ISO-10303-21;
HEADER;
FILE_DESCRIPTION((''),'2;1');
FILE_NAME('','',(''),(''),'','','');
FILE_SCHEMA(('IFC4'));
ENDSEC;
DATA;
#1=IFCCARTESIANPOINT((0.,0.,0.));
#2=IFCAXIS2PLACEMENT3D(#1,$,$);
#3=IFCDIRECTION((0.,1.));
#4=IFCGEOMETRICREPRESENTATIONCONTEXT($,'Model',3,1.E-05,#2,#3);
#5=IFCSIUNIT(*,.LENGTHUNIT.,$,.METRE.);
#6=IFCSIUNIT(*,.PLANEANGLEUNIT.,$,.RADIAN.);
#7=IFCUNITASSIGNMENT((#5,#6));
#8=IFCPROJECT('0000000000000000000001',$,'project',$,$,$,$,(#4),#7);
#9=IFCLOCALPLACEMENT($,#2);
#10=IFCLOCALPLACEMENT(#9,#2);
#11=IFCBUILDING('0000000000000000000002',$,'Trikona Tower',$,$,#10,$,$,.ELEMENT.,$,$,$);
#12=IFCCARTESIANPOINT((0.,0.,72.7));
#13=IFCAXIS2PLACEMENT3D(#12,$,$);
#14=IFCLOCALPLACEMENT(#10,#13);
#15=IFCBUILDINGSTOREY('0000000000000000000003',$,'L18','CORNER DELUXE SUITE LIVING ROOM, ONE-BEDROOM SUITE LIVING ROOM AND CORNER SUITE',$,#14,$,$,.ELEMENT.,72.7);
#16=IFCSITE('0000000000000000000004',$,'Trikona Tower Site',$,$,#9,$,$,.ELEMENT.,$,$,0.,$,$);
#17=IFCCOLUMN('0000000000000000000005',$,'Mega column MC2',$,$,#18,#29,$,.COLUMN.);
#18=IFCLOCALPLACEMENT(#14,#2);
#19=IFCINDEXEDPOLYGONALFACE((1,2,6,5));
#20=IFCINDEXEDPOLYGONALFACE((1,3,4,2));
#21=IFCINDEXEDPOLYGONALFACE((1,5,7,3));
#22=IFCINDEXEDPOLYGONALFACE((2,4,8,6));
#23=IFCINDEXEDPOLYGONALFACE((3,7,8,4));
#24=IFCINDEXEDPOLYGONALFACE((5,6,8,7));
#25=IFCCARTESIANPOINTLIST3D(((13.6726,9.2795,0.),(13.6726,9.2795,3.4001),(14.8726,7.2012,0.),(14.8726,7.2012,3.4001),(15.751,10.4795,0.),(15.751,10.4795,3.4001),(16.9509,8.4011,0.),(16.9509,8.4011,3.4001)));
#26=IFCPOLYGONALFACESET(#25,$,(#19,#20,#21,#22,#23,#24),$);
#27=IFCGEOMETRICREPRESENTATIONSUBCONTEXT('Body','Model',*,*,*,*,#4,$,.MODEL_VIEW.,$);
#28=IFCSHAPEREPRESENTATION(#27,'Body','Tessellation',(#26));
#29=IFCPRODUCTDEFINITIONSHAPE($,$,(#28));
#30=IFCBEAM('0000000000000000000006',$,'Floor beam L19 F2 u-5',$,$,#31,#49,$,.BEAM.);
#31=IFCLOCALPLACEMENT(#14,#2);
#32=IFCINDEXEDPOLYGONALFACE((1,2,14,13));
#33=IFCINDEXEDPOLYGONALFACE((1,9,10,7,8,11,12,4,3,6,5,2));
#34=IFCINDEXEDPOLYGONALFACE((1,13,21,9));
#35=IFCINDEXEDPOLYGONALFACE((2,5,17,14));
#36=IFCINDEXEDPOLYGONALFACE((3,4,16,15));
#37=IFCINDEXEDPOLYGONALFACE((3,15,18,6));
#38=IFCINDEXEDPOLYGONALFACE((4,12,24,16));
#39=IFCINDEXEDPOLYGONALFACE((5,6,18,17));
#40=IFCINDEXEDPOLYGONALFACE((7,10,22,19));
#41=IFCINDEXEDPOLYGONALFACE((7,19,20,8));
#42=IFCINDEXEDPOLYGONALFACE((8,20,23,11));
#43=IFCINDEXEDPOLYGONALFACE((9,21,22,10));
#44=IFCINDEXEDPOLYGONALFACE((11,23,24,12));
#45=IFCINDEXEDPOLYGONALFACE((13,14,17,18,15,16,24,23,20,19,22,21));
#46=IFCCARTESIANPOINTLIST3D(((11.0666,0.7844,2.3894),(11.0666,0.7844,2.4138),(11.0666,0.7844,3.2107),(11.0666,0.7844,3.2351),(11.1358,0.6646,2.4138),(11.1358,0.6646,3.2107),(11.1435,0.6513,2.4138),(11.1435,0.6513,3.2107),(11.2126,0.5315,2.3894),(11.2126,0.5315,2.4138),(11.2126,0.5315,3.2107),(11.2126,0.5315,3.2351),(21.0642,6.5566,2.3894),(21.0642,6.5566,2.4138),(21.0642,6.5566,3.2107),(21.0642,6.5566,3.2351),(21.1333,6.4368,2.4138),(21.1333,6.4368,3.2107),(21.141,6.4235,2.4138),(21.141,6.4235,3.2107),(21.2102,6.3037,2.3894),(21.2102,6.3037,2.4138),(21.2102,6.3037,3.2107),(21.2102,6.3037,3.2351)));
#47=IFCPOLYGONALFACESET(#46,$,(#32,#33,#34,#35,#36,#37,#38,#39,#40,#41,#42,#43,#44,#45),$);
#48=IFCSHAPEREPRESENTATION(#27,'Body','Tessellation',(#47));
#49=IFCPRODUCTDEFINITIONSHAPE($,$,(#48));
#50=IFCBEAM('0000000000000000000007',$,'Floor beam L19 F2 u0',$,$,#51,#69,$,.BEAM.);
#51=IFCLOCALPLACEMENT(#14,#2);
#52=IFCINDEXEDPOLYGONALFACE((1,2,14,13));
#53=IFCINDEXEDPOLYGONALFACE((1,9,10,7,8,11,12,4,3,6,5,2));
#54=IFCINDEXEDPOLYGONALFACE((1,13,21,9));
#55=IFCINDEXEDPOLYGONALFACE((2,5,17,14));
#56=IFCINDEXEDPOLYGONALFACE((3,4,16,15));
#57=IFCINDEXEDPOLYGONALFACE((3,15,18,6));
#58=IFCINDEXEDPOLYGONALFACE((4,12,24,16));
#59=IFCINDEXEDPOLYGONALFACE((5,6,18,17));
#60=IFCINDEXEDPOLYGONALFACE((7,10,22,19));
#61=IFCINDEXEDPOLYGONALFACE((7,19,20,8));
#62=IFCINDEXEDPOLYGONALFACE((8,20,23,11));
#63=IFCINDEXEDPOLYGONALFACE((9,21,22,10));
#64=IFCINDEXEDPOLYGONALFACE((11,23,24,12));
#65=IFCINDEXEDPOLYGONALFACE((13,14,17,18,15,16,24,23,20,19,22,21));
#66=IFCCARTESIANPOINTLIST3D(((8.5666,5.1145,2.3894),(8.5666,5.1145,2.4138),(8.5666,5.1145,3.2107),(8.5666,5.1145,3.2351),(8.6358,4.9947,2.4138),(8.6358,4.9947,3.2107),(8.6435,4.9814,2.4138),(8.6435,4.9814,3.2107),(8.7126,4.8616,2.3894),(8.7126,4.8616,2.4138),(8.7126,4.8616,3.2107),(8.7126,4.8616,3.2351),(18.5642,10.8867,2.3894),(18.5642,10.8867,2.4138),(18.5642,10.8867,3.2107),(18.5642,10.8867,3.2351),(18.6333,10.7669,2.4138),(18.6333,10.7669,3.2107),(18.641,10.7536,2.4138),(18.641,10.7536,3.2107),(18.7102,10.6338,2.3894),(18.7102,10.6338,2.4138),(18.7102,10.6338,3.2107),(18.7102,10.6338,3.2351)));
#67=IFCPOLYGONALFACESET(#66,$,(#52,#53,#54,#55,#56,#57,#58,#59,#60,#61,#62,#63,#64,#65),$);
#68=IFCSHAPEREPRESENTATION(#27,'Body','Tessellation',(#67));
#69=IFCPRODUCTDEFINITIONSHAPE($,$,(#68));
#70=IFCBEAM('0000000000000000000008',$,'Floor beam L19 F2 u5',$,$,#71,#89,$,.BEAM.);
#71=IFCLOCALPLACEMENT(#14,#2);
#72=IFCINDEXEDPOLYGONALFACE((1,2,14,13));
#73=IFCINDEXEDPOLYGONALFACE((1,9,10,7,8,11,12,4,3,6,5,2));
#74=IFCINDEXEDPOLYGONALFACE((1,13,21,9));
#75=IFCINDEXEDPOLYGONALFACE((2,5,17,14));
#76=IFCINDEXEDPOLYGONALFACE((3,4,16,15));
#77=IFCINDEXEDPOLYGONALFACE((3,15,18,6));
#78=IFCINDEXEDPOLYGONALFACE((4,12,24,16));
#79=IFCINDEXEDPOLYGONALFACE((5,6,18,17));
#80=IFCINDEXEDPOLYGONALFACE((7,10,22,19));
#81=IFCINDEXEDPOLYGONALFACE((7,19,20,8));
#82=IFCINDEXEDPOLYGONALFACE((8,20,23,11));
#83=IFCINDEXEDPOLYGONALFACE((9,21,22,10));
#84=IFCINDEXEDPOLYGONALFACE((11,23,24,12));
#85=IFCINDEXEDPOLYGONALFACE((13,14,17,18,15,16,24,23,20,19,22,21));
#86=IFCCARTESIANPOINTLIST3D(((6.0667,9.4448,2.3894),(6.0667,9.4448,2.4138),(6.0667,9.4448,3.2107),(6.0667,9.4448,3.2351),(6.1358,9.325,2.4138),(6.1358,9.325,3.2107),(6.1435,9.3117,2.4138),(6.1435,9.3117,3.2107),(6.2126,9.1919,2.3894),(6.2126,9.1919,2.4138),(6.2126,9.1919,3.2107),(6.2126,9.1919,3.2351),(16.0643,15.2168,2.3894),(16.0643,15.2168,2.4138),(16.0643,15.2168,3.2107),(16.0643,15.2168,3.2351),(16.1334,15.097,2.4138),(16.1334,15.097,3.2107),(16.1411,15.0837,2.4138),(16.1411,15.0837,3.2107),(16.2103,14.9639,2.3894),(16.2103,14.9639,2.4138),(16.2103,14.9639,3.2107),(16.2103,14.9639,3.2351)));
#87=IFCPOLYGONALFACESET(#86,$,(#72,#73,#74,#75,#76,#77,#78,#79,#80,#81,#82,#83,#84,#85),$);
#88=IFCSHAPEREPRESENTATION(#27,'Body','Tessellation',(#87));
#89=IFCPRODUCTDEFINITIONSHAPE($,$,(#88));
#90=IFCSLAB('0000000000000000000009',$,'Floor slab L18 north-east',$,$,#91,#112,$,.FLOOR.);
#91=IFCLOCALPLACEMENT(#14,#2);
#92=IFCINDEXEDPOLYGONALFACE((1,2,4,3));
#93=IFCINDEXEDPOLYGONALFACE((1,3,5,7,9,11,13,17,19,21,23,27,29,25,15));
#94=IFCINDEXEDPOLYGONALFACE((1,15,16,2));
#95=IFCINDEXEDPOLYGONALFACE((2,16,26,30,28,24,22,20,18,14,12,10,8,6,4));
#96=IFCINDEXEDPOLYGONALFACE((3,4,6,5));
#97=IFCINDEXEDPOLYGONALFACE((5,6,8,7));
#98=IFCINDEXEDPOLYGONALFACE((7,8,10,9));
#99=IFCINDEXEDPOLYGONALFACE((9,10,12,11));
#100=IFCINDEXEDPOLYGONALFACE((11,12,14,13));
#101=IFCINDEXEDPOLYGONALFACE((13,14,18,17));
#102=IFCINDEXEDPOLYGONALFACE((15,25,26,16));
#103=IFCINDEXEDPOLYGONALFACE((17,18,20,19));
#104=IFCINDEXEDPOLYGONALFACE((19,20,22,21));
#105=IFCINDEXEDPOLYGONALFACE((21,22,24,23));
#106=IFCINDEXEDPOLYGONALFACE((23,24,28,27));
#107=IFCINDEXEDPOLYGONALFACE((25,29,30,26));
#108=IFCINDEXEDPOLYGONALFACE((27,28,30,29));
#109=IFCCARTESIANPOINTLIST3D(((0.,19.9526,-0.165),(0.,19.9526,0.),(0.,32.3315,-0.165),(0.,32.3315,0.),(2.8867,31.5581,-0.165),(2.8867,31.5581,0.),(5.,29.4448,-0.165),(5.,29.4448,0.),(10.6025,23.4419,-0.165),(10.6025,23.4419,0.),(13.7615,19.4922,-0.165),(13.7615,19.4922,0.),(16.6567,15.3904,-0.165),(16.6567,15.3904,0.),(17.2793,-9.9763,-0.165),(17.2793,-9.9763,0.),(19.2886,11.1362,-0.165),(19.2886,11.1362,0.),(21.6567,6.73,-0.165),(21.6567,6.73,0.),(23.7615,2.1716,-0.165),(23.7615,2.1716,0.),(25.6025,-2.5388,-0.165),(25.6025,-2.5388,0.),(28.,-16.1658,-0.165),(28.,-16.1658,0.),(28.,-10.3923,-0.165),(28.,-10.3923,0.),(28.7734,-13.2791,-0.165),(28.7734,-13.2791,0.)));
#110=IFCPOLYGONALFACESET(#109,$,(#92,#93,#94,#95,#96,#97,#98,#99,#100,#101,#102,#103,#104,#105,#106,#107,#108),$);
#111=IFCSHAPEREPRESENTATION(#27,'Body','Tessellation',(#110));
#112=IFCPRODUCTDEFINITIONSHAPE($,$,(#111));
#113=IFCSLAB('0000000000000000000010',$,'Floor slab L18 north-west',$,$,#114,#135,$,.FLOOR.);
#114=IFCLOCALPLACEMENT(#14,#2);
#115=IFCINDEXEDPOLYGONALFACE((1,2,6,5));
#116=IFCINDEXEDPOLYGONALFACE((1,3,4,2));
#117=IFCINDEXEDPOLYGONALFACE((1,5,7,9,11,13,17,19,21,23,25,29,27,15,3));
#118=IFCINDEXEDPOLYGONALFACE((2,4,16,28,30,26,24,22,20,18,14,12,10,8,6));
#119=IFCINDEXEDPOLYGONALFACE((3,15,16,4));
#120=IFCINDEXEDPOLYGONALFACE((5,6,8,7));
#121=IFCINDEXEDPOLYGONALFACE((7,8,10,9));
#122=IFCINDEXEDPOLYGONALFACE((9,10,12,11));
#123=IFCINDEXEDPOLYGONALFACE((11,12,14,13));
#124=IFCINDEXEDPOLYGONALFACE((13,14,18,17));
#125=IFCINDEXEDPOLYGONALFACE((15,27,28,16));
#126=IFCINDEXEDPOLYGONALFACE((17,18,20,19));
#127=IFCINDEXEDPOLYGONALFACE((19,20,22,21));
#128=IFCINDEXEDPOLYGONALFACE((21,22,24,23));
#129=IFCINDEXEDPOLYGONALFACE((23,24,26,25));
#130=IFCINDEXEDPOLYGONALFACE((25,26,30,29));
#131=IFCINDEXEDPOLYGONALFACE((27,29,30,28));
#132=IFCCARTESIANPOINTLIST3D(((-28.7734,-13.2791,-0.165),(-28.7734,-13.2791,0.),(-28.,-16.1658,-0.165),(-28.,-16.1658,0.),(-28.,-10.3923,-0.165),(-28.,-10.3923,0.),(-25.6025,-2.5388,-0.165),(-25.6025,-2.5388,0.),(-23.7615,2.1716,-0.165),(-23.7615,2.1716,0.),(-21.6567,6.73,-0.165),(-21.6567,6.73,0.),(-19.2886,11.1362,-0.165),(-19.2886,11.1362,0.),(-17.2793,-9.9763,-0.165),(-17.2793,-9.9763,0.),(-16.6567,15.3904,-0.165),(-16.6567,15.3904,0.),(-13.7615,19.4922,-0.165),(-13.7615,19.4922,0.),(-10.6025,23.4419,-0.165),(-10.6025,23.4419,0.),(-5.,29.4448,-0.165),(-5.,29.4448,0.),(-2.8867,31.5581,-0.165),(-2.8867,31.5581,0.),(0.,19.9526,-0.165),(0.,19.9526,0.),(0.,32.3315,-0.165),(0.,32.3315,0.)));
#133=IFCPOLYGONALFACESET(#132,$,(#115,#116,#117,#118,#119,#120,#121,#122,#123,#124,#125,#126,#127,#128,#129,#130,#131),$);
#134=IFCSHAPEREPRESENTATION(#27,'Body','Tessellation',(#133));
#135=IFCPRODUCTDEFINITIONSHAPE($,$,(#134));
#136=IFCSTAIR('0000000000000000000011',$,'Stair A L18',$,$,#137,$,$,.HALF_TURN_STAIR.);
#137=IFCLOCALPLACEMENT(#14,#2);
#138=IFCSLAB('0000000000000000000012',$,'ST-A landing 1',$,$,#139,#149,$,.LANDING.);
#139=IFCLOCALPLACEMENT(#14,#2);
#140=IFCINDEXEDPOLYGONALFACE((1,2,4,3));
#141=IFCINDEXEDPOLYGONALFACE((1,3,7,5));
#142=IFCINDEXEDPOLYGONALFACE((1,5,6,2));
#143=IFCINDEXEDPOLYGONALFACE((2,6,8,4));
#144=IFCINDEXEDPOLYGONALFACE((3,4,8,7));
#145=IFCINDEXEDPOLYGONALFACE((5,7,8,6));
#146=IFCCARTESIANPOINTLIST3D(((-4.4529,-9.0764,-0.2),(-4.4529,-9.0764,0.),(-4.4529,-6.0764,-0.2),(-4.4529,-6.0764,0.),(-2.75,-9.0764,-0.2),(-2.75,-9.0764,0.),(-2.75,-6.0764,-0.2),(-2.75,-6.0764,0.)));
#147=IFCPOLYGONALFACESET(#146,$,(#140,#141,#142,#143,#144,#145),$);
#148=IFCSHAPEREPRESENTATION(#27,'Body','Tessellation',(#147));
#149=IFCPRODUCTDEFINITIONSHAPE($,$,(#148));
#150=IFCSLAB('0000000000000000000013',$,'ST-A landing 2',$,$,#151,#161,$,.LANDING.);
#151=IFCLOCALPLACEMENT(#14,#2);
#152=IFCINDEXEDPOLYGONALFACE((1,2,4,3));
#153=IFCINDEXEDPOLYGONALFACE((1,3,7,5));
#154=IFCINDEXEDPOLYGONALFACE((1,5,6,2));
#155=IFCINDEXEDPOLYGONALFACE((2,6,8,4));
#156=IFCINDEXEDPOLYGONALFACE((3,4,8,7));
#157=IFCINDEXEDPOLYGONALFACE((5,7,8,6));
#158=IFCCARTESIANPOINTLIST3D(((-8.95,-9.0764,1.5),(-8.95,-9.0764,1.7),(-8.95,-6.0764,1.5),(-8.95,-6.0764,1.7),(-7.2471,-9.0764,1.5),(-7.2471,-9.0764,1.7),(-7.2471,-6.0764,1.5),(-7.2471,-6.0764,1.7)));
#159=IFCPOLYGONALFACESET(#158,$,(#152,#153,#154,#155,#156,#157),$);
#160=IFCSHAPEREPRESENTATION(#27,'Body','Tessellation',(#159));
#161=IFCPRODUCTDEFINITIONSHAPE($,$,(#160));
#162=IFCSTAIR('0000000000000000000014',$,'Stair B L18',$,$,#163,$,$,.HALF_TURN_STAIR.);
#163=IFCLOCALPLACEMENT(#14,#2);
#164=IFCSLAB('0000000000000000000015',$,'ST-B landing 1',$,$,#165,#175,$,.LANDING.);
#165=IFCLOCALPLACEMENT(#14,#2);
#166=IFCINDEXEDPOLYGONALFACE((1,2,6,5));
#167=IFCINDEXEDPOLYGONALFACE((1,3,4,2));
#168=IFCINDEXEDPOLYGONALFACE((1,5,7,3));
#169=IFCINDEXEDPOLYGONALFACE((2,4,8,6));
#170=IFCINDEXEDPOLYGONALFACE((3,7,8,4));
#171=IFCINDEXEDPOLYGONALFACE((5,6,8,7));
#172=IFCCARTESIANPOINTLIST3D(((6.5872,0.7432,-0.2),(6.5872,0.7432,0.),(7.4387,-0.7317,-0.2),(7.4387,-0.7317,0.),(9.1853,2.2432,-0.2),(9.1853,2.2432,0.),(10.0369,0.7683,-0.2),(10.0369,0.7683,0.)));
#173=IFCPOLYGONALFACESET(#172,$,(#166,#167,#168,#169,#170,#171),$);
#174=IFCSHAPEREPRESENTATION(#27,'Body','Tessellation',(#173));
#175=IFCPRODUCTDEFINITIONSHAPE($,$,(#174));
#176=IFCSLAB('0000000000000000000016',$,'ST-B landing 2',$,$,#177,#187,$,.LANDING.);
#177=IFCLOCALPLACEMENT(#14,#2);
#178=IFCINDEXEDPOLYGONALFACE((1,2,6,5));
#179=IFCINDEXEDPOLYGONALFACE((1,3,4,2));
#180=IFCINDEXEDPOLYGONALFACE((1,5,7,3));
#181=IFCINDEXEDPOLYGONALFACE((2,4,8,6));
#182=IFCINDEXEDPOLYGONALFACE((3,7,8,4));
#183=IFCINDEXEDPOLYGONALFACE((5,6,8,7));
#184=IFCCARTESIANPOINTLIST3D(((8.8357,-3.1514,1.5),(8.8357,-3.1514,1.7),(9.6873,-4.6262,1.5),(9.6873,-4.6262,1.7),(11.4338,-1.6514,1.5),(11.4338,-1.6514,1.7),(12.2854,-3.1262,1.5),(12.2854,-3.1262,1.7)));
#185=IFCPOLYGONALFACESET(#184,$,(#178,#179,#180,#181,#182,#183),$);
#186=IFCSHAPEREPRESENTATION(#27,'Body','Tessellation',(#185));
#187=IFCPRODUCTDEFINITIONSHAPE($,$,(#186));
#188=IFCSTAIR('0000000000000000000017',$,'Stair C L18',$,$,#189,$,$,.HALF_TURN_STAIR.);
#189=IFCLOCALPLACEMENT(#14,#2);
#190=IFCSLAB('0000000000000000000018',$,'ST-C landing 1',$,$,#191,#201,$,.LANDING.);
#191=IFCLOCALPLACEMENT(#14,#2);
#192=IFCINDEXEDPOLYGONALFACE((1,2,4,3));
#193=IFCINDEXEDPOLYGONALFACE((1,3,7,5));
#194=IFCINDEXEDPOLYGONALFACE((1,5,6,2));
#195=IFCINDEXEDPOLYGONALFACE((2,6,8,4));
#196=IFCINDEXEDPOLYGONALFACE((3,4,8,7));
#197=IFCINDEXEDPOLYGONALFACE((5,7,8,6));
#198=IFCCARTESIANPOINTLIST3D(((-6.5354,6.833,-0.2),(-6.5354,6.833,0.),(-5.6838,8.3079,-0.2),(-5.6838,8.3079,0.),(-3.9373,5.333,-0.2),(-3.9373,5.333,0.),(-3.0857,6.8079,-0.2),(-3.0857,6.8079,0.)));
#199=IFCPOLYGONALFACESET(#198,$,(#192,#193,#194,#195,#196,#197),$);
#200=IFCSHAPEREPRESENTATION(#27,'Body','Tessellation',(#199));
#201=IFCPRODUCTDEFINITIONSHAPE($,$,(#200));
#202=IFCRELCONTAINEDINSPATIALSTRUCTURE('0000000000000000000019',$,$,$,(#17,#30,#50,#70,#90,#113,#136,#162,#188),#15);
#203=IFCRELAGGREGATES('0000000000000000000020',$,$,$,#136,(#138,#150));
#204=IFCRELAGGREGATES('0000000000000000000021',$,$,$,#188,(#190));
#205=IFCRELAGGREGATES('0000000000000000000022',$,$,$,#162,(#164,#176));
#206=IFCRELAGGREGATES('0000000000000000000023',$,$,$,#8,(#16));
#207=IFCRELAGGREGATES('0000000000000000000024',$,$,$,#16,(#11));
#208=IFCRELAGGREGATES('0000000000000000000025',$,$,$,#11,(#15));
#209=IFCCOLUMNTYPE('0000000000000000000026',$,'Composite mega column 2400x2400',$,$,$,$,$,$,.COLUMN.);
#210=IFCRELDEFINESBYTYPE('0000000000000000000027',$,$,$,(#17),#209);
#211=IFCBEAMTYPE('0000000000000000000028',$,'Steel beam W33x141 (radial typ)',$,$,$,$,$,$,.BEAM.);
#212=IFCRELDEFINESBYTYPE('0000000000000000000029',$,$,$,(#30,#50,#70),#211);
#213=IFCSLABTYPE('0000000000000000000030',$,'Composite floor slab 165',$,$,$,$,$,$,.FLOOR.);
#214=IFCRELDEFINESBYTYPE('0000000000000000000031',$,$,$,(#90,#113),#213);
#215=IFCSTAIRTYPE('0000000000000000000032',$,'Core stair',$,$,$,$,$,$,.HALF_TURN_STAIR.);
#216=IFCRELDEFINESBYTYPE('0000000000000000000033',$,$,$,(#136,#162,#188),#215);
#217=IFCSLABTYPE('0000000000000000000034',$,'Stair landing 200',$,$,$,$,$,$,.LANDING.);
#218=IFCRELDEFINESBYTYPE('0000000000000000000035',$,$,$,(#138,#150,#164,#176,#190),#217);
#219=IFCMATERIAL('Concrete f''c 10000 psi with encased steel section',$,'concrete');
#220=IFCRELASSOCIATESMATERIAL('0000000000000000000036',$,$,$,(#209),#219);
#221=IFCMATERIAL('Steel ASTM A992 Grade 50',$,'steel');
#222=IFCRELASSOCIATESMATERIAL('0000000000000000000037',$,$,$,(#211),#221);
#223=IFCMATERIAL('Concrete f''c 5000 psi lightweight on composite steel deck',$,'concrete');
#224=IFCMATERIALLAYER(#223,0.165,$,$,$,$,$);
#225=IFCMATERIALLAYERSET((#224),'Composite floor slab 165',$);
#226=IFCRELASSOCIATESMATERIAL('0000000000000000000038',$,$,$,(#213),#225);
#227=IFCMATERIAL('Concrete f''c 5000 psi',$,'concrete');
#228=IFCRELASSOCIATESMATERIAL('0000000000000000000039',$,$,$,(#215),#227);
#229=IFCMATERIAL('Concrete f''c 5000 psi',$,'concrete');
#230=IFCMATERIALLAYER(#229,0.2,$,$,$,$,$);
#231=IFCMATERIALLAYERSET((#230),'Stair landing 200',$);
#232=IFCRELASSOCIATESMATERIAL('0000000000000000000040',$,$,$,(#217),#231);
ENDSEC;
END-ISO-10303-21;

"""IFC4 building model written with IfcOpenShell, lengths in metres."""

from ifc_helpers import new_model, si_unit, direction, frame, origin, origin_2d, place, context, subcontext, project, spatial, polyline, rectangle, i_section, outline, extrude, material, layer, layer_set, material_profile, profile_set, type_object, element, aggregate, save


model = new_model("IFC4")

# Units and contexts
model_context = context("Model", 3, precision=1e-05, world=origin(), true_north=direction((0.0, 1.0)))
body_context = subcontext(model_context, "Body", "Model", "MODEL_VIEW")
ifc_project = project(units=[si_unit("LENGTHUNIT", "METRE"), si_unit("PLANEANGLEUNIT", "RADIAN")], contexts=[model_context])

# Site, building, storey
site_placement = place(None, origin())
site = spatial("IfcSite", under=ifc_project, at=site_placement, Name="Trikona Tower Site", CompositionType="ELEMENT", RefElevation=0.0)
building_placement = place(site_placement, origin())
building = spatial("IfcBuilding", under=site, at=building_placement, Name="Trikona Tower", CompositionType="ELEMENT")
storey_placement = place(building_placement, frame((0.0, 0.0, 72.7)))
storey = spatial("IfcBuildingStorey", under=building, at=storey_placement, Name="L18", Description="CORNER DELUXE SUITE LIVING ROOM, ONE-BEDROOM SUITE LIVING ROOM AND CORNER SUITE", CompositionType="ELEMENT", Elevation=72.7)

# Column
ifc_material_1 = material(Name="Concrete f'c 10000 psi with encased steel section", Category="concrete")
ifc_material_profile_1 = material_profile(ifc_material_1, rectangle(XDim=2.3999, YDim=2.3999, at=origin_2d()), Name="MC2400")
ifc_profile_set_1 = profile_set([ifc_material_profile_1], Name="Concrete f'c 10000 psi with encased steel section")
column_type = type_object("IfcColumnType", Name="Composite mega column 2400x2400", PredefinedType="COLUMN", material=ifc_profile_set_1)
column_placement = place(storey_placement, frame((15.3118, 8.8403, 0.0), z_axis=(0.0, 0.0, 1.0), x_axis=(0.866025, 0.5, 0.0)))
element("IfcColumn", 1, at=column_placement, inside=storey, type_object=column_type, Name="Mega column MC2", PredefinedType="COLUMN", context=body_context, shape_type="SweptSolid", body=[
    extrude(rectangle(XDim=2.3999, YDim=2.3999, at=origin_2d()), origin(), (0.0, 0.0, 1.0), 3.4001),
])

# Beams
ifc_material_2 = material(Name="Steel ASTM A992 Grade 50", Category="steel")
ifc_material_profile_2 = material_profile(ifc_material_2, i_section(OverallWidth=0.292, OverallDepth=0.8457, WebThickness=0.0154, FlangeThickness=0.0244, at=origin_2d()), Name="W33X141")
ifc_profile_set_2 = profile_set([ifc_material_profile_2], Name="Steel ASTM A992 Grade 50")
beam_type = type_object("IfcBeamType", Name="Steel beam W33x141 (radial typ)", PredefinedType="BEAM", material=ifc_profile_set_2)
for number, where, z_axis, x_axis, name in (
    (2, (11.1396, 0.658, 2.8123), (0.866021, 0.500008, 0.0), (-0.500008, 0.866021, 0.0), "Floor beam L19 F2 u-5"),
    (3, (8.6396, 4.988, 2.8123), (0.866021, 0.500008, 0.0), (-0.500008, 0.866021, 0.0), "Floor beam L19 F2 u0"),
    (4, (6.1396, 9.3184, 2.8123), (0.86603, 0.499992, 0.0), (-0.499992, 0.86603, 0.0), "Floor beam L19 F2 u5"),
):
    element("IfcBeam", number, at=place(storey_placement, frame(where, z_axis=z_axis, x_axis=x_axis)), inside=storey, type_object=beam_type, Name=name, PredefinedType="BEAM", context=body_context, shape_type="SweptSolid", body=[
        extrude(i_section(OverallWidth=0.292, OverallDepth=0.8457, WebThickness=0.0154, FlangeThickness=0.0244, at=origin_2d()), origin(), (0.0, 0.0, 1.0), 11.5442),
    ])

# Slabs
ifc_material_3 = material(Name="Concrete f'c 5000 psi lightweight on composite steel deck", Category="concrete")
ifc_layer_1 = layer(ifc_material_3, 0.165)
ifc_layer_set_1 = layer_set([ifc_layer_1], Name="Composite floor slab 165")
slab_type_1 = type_object("IfcSlabType", Name="Composite floor slab 165", PredefinedType="FLOOR", material=ifc_layer_set_1)
slab_1_placement = place(storey_placement, frame((0.0, 0.0, -0.165)))
element("IfcSlab", 5, at=slab_1_placement, inside=storey, type_object=slab_type_1, Name="Floor slab L18 north-east", PredefinedType="FLOOR", context=body_context, shape_type="SweptSolid", body=[
    extrude(outline(polyline([(2.8867, 31.5581), (0.0, 32.3315), (0.0, 19.9526), (17.2793, -9.9763), (28.0, -16.1658), (28.7734, -13.2791), (28.0, -10.3923), (25.6025, -2.5388), (23.7615, 2.1716), (21.6567, 6.73), (19.2886, 11.1362), (16.6567, 15.3904), (13.7615, 19.4922), (10.6025, 23.4419), (5.0, 29.4448), (2.8867, 31.5581)])), origin(), (0.0, 0.0, 1.0), 0.165),
])
slab_2_placement = place(storey_placement, frame((0.0, 0.0, -0.165)))
element("IfcSlab", 6, at=slab_2_placement, inside=storey, type_object=slab_type_1, Name="Floor slab L18 north-west", PredefinedType="FLOOR", context=body_context, shape_type="SweptSolid", body=[
    extrude(outline(polyline([(0.0, 19.9526), (0.0, 32.3315), (-2.8867, 31.5581), (-5.0, 29.4448), (-10.6025, 23.4419), (-13.7615, 19.4922), (-16.6567, 15.3904), (-19.2886, 11.1362), (-21.6567, 6.73), (-23.7615, 2.1716), (-25.6025, -2.5388), (-28.0, -10.3923), (-28.7734, -13.2791), (-28.0, -16.1658), (-17.2793, -9.9763), (0.0, 19.9526)])), origin(), (0.0, 0.0, 1.0), 0.165),
])

# Stairs, slabs
ifc_material_4 = material(Name="Concrete f'c 5000 psi", Category="concrete")
stair_type = type_object("IfcStairType", Name="Core stair", PredefinedType="HALF_TURN_STAIR", material=ifc_material_4)
stair_1_placement = place(storey_placement, origin())
stair_1 = element("IfcStair", 7, at=stair_1_placement, inside=storey, type_object=stair_type, Name="Stair A L18", PredefinedType="HALF_TURN_STAIR")
ifc_material_5 = material(Name="Concrete f'c 5000 psi", Category="concrete")
ifc_layer_2 = layer(ifc_material_5, 0.2)
ifc_layer_set_2 = layer_set([ifc_layer_2], Name="Stair landing 200")
slab_type_2 = type_object("IfcSlabType", Name="Stair landing 200", PredefinedType="LANDING", material=ifc_layer_set_2)
slab_3_placement = place(storey_placement, frame((0.0, 0.0, -0.2)))
slab_3 = element("IfcSlab", 8, at=slab_3_placement, type_object=slab_type_2, Name="ST-A landing 1", PredefinedType="LANDING", context=body_context, shape_type="SweptSolid", body=[
    extrude(outline(polyline([(-4.4529, -6.0764), (-2.75, -6.0764), (-2.75, -9.0764), (-4.4529, -9.0764), (-4.4529, -6.0764)])), origin(), (0.0, 0.0, 1.0), 0.2),
])
slab_4_placement = place(storey_placement, frame((0.0, 0.0, 1.5)))
slab_4 = element("IfcSlab", 9, at=slab_4_placement, type_object=slab_type_2, Name="ST-A landing 2", PredefinedType="LANDING", context=body_context, shape_type="SweptSolid", body=[
    extrude(outline(polyline([(-8.95, -6.0764), (-7.2471, -6.0764), (-7.2471, -9.0764), (-8.95, -9.0764), (-8.95, -6.0764)])), origin(), (0.0, 0.0, 1.0), 0.2),
])
aggregate(stair_1, [slab_3, slab_4])
stair_2_placement = place(storey_placement, origin())
stair_2 = element("IfcStair", 10, at=stair_2_placement, inside=storey, type_object=stair_type, Name="Stair B L18", PredefinedType="HALF_TURN_STAIR")
slab_5_placement = place(storey_placement, frame((0.0, 0.0, -0.2)))
slab_5 = element("IfcSlab", 11, at=slab_5_placement, type_object=slab_type_2, Name="ST-B landing 1", PredefinedType="LANDING", context=body_context, shape_type="SweptSolid", body=[
    extrude(outline(polyline([(7.4387, -0.7317), (6.5872, 0.7432), (9.1853, 2.2432), (10.0369, 0.7683), (7.4387, -0.7317)])), origin(), (0.0, 0.0, 1.0), 0.2),
])
slab_6_placement = place(storey_placement, frame((0.0, 0.0, 1.5)))
slab_6 = element("IfcSlab", 12, at=slab_6_placement, type_object=slab_type_2, Name="ST-B landing 2", PredefinedType="LANDING", context=body_context, shape_type="SweptSolid", body=[
    extrude(outline(polyline([(9.6873, -4.6262), (8.8357, -3.1514), (11.4338, -1.6514), (12.2854, -3.1262), (9.6873, -4.6262)])), origin(), (0.0, 0.0, 1.0), 0.2),
])
stair_3_placement = place(storey_placement, origin())
stair_3 = element("IfcStair", 13, at=stair_3_placement, inside=storey, type_object=stair_type, Name="Stair C L18", PredefinedType="HALF_TURN_STAIR")
slab_7_placement = place(storey_placement, frame((0.0, 0.0, -0.2)))
slab_7 = element("IfcSlab", 14, at=slab_7_placement, type_object=slab_type_2, Name="ST-C landing 1", PredefinedType="LANDING", context=body_context, shape_type="SweptSolid", body=[
    extrude(outline(polyline([(-3.0857, 6.8079), (-3.9373, 5.333), (-6.5354, 6.833), (-5.6838, 8.3079), (-3.0857, 6.8079)])), origin(), (0.0, 0.0, 1.0), 0.2),
])
aggregate(stair_3, [slab_7])

aggregate(stair_2, [slab_5, slab_6])

save(model, "model.ifc")
